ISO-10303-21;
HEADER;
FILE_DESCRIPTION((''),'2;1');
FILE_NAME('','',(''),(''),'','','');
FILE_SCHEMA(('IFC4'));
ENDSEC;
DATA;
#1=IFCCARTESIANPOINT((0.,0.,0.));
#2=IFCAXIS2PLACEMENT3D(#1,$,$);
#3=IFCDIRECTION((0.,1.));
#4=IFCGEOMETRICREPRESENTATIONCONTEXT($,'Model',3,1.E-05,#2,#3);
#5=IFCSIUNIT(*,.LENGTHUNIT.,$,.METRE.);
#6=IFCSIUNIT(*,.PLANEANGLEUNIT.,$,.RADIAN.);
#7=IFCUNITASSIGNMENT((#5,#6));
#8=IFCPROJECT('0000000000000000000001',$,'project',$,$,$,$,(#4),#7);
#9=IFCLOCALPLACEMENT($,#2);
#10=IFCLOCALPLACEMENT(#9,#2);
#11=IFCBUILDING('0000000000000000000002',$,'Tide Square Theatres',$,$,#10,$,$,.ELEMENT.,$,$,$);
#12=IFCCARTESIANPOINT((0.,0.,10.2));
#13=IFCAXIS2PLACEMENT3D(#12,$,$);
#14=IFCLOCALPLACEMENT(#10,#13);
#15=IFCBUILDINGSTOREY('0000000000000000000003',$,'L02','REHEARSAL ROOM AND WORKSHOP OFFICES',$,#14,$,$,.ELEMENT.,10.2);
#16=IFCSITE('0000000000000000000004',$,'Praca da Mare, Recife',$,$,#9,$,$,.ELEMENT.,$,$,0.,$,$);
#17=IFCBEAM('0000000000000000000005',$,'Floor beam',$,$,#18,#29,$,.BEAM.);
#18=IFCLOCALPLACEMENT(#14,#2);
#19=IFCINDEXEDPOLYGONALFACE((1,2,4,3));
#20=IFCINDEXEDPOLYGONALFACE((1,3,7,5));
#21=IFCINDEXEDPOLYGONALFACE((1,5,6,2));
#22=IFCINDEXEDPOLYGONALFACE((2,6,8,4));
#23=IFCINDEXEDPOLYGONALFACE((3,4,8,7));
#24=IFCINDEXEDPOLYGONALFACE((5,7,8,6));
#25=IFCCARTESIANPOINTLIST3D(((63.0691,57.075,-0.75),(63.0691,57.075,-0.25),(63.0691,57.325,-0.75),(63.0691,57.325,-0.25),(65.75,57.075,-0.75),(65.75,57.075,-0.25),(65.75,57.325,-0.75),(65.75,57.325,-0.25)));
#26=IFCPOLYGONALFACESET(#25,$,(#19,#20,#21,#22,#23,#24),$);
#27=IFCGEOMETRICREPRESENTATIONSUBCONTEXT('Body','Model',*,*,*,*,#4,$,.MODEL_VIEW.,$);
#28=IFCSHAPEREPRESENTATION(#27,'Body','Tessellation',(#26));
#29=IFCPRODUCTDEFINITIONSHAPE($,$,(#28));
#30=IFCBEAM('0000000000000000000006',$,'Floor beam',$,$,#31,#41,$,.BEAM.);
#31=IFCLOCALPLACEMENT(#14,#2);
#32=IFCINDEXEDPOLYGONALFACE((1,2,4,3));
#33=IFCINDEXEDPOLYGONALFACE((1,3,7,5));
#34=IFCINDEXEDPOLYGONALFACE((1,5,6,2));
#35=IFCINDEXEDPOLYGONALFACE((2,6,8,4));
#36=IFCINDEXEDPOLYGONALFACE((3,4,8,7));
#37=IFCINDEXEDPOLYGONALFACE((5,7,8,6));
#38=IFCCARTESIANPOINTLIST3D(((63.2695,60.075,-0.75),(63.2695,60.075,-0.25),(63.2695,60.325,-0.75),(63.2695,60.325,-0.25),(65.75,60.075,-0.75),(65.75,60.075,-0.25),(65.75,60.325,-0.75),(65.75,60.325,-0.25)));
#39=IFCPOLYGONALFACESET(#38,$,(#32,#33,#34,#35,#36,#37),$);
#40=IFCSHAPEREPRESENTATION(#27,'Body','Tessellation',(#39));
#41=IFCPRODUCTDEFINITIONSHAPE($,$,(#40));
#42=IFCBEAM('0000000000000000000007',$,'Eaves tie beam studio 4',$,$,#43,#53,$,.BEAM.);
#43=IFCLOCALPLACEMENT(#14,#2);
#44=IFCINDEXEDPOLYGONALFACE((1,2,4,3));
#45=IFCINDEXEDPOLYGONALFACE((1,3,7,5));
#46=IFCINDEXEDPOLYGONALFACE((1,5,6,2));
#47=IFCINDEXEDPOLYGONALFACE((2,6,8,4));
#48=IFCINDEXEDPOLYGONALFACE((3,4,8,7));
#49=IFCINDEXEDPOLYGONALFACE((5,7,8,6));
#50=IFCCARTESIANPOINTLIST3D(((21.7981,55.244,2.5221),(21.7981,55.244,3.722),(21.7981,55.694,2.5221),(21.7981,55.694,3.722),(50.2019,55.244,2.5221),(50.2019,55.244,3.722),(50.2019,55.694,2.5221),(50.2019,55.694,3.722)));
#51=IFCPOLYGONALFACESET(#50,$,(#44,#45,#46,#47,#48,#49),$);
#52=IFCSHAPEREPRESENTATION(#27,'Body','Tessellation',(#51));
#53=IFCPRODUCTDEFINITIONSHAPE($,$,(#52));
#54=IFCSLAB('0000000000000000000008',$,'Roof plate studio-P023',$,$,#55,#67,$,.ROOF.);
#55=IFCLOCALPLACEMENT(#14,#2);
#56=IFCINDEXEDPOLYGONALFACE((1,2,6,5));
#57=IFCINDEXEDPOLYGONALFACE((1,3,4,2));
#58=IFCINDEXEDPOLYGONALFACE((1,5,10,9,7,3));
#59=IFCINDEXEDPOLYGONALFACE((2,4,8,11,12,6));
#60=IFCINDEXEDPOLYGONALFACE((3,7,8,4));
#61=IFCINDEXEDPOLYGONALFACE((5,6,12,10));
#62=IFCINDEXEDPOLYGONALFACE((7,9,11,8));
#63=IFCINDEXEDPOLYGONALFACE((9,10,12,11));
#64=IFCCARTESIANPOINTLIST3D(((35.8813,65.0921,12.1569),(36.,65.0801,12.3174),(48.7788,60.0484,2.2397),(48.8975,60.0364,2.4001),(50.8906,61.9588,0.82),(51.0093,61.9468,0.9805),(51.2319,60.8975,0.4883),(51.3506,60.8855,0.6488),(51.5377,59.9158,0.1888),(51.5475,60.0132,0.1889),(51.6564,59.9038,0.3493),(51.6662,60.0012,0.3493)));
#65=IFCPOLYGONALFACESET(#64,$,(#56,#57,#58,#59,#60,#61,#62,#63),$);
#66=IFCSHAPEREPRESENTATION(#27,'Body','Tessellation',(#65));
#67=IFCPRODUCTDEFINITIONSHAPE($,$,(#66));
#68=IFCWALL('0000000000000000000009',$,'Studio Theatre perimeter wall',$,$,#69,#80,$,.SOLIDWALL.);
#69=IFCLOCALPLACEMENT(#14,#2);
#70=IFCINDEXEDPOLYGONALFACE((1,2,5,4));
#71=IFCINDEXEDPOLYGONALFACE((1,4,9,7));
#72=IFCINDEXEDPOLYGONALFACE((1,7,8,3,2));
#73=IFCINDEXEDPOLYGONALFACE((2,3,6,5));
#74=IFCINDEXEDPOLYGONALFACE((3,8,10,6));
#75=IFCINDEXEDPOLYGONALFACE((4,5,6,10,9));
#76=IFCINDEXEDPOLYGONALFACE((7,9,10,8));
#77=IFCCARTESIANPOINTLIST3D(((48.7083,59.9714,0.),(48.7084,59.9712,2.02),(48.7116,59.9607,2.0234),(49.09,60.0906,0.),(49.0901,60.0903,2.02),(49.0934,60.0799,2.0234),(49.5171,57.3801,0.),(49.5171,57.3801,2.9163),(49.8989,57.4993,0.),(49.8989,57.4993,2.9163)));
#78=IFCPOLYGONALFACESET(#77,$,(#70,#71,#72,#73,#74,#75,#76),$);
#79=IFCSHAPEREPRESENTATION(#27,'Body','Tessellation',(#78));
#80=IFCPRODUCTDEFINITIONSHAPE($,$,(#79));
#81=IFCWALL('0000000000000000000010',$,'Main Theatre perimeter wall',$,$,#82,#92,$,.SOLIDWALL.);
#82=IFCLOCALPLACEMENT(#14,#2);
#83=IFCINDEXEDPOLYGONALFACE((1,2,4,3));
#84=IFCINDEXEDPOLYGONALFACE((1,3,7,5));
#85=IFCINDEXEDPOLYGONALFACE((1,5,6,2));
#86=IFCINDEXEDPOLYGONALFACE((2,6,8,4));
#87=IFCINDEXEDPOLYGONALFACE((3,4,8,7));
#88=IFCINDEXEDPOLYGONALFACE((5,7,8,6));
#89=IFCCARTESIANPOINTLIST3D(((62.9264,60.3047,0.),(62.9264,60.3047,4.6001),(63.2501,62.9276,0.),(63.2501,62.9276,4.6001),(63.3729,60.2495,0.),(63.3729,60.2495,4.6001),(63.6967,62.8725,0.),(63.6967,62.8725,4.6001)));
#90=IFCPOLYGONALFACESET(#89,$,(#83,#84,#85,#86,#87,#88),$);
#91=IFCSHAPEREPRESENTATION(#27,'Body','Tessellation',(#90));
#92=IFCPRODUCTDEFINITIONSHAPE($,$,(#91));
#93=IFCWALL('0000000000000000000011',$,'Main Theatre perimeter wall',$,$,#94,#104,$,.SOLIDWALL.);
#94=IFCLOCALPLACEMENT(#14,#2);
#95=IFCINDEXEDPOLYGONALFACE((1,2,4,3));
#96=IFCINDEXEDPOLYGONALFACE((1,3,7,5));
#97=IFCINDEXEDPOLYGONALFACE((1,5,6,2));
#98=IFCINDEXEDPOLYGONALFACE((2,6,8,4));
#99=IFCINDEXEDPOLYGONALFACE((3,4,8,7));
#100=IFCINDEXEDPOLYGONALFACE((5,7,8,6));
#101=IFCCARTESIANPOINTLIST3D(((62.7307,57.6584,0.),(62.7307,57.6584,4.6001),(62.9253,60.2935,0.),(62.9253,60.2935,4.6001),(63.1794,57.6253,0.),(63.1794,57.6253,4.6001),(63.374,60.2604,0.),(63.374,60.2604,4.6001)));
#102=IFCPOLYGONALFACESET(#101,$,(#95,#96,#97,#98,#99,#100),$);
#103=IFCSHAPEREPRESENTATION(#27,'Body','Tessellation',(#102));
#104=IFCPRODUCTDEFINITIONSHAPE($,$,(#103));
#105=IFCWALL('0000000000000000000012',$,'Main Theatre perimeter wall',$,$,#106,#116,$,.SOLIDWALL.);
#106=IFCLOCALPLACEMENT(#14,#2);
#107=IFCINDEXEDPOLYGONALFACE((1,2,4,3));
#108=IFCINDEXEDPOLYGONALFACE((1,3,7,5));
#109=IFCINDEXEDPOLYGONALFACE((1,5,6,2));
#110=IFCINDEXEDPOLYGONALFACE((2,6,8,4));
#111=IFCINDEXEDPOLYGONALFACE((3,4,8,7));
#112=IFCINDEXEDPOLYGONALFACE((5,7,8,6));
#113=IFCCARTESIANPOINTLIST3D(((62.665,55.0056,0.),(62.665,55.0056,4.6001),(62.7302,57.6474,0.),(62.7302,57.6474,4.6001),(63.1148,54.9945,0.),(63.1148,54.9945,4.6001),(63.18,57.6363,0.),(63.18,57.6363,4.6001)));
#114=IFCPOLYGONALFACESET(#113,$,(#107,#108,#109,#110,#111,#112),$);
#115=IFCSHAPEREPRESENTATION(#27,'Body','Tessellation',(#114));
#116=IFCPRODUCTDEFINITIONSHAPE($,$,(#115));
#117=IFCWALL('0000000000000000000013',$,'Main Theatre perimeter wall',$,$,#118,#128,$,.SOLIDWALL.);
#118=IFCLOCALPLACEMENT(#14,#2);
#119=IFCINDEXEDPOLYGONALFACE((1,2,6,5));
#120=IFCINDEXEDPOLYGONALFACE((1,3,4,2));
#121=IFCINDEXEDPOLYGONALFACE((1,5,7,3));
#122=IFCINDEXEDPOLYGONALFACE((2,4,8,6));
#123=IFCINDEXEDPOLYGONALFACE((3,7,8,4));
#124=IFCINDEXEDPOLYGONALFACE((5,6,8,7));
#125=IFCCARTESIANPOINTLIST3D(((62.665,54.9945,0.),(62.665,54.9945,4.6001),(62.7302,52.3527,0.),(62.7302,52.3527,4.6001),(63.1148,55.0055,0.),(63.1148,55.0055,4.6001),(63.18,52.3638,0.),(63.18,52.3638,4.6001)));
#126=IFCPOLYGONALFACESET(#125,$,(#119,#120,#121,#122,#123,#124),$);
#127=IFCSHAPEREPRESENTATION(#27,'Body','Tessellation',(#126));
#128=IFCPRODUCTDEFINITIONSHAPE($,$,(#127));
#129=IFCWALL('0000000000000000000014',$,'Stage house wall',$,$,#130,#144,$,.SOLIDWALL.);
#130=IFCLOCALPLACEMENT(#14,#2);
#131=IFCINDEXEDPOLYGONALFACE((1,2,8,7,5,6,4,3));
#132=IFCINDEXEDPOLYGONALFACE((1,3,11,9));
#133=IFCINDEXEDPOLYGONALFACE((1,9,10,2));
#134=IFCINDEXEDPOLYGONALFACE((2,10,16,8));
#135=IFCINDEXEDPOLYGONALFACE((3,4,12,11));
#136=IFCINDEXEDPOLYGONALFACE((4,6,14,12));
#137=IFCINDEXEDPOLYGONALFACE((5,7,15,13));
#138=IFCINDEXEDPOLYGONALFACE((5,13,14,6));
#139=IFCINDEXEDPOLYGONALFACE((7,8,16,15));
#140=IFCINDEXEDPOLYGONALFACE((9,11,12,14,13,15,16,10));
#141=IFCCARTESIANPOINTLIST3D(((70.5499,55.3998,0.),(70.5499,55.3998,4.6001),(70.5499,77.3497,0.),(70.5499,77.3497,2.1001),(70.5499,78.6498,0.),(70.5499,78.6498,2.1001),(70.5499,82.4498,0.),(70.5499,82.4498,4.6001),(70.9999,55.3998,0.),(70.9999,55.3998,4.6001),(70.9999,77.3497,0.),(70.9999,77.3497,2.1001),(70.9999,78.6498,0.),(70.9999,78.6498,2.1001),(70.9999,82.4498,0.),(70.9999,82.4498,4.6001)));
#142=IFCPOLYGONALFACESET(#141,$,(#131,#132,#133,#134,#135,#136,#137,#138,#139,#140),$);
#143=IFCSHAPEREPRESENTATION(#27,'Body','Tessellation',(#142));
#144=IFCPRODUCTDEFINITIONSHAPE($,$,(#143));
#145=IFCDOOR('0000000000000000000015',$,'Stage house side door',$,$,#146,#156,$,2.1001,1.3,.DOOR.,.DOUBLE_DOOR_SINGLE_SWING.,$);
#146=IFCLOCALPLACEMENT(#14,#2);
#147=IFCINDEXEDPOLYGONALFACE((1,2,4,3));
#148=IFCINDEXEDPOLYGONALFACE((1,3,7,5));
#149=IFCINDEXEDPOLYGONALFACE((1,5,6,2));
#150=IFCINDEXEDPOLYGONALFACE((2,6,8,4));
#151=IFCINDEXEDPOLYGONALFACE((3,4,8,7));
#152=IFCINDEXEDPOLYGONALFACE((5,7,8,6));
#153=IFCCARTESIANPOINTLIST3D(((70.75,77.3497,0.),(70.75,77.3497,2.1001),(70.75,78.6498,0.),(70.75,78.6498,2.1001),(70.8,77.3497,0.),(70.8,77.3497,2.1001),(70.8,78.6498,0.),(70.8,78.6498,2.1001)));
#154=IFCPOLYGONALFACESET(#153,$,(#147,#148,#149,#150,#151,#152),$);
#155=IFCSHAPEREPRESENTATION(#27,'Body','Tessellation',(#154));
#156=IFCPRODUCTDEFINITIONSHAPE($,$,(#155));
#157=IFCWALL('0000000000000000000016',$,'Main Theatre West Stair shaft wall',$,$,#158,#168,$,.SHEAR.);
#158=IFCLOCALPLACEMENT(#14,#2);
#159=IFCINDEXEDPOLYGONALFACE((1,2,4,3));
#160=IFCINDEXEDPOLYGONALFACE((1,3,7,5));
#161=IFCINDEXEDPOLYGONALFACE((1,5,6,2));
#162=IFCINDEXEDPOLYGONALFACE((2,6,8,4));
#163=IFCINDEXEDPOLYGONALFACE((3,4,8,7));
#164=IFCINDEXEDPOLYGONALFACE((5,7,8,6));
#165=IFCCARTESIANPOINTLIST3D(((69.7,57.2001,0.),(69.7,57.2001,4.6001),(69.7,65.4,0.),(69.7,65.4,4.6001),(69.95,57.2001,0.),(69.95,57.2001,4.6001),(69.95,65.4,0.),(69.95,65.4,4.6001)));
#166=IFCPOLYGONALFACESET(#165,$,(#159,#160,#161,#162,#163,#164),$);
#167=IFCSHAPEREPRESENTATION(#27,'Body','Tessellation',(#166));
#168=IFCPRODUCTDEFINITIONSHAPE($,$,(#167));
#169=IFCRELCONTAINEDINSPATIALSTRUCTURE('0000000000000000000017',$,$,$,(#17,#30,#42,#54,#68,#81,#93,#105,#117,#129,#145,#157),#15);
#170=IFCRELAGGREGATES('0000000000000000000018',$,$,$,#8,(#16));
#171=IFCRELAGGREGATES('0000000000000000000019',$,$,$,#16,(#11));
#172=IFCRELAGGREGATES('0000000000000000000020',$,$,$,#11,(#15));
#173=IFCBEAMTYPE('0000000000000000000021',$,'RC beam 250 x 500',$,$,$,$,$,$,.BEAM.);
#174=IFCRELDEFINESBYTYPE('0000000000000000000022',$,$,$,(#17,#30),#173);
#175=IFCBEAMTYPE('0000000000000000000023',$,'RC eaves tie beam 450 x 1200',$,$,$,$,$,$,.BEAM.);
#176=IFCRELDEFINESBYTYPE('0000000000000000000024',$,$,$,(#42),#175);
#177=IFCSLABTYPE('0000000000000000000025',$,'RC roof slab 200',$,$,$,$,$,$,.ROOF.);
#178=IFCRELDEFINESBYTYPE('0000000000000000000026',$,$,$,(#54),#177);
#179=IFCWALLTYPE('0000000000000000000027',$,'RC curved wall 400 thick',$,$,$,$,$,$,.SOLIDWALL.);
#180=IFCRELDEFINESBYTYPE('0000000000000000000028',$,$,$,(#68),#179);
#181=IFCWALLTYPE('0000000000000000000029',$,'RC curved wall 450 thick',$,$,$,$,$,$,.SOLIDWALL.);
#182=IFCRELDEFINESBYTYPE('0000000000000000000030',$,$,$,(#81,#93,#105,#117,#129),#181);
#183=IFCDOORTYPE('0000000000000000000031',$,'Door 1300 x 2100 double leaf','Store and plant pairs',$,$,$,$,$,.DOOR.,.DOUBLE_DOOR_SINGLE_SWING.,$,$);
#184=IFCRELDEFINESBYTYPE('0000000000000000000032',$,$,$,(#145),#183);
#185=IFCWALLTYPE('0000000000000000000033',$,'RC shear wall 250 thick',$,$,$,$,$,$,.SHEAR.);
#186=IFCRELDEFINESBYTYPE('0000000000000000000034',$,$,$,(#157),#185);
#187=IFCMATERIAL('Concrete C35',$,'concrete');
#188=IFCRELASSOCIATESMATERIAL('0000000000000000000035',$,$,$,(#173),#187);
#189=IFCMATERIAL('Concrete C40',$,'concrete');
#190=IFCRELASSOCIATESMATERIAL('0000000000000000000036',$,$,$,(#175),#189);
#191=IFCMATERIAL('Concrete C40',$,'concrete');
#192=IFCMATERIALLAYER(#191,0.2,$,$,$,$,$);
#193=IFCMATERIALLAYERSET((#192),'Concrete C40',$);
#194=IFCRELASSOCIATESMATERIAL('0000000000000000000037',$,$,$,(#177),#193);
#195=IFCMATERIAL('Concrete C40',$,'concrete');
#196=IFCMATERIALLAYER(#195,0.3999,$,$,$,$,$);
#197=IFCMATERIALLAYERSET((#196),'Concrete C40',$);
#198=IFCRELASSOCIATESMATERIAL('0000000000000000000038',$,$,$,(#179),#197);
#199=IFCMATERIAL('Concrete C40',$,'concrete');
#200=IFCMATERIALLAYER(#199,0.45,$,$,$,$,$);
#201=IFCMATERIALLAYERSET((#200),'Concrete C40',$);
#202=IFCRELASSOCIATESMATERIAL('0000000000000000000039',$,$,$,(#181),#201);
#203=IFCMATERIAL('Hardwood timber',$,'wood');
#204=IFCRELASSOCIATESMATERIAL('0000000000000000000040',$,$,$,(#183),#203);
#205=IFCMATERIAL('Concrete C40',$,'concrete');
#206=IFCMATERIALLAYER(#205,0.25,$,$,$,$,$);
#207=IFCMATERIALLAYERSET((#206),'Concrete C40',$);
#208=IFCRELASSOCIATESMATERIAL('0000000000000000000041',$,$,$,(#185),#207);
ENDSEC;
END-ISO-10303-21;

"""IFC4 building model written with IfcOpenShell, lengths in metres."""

from ifc_helpers import new_model, si_unit, direction, frame, frame_2d, origin, origin_2d, place, context, subcontext, project, spatial, polyline, rectangle, outline, extrude, material, layer, layer_set, material_profile, profile_set, type_object, element, fill, save


model = new_model("IFC4")

# Units and contexts
model_context = context("Model", 3, precision=1e-05, world=origin(), true_north=direction((0.0, 1.0)))
body_context = subcontext(model_context, "Body", "Model", "MODEL_VIEW")
ifc_project = project(units=[si_unit("LENGTHUNIT", "METRE"), si_unit("PLANEANGLEUNIT", "RADIAN")], contexts=[model_context])

# Site, building, storey
site_placement = place(None, origin())
site = spatial("IfcSite", under=ifc_project, at=site_placement, Name="Praca da Mare, Recife", CompositionType="ELEMENT", RefElevation=0.0)
building_placement = place(site_placement, origin())
building = spatial("IfcBuilding", under=site, at=building_placement, Name="Tide Square Theatres", CompositionType="ELEMENT")
storey_placement = place(building_placement, frame((0.0, 0.0, 10.2)))
storey = spatial("IfcBuildingStorey", under=building, at=storey_placement, Name="L02", Description="REHEARSAL ROOM AND WORKSHOP OFFICES", CompositionType="ELEMENT", Elevation=10.2)

# Beams
ifc_material_1 = material(Name="Concrete C35", Category="concrete")
ifc_material_profile_1 = material_profile(ifc_material_1, rectangle(XDim=0.25, YDim=0.5, at=origin_2d()))
ifc_profile_set_1 = profile_set([ifc_material_profile_1], Name="Concrete C35")
beam_type_1 = type_object("IfcBeamType", Name="RC beam 250 x 500", PredefinedType="BEAM", material=ifc_profile_set_1)
beam_1_placement = place(storey_placement, frame((63.0691, 57.2, -0.5), z_axis=(1.0, 0.0, 0.0), x_axis=(0.0, 1.0, 0.0)))
element("IfcBeam", 1, at=beam_1_placement, inside=storey, type_object=beam_type_1, Name="Floor beam", PredefinedType="BEAM", context=body_context, shape_type="SweptSolid", body=[
    extrude(rectangle(XDim=0.25, YDim=0.5, at=origin_2d()), origin(), (0.0, 0.0, 1.0), 2.6809),
])
beam_2_placement = place(storey_placement, frame((63.2695, 60.2, -0.5), z_axis=(1.0, 0.0, 0.0), x_axis=(0.0, 1.0, 0.0)))
element("IfcBeam", 2, at=beam_2_placement, inside=storey, type_object=beam_type_1, Name="Floor beam", PredefinedType="BEAM", context=body_context, shape_type="SweptSolid", body=[
    extrude(rectangle(XDim=0.25, YDim=0.5, at=origin_2d()), origin(), (0.0, 0.0, 1.0), 2.4805),
])
ifc_material_2 = material(Name="Concrete C40", Category="concrete")
ifc_material_profile_2 = material_profile(ifc_material_2, rectangle(XDim=0.45, YDim=1.2, at=origin_2d()))
ifc_profile_set_2 = profile_set([ifc_material_profile_2], Name="Concrete C40")
beam_type_2 = type_object("IfcBeamType", Name="RC eaves tie beam 450 x 1200", PredefinedType="BEAM", material=ifc_profile_set_2)
beam_3_placement = place(storey_placement, frame((50.2019, 55.469, 3.1221), z_axis=(-1.0, 0.0, 0.0), x_axis=(0.0, -1.0, 0.0)))
element("IfcBeam", 3, at=beam_3_placement, inside=storey, type_object=beam_type_2, Name="Eaves tie beam studio 4", PredefinedType="BEAM", context=body_context, shape_type="SweptSolid", body=[
    extrude(rectangle(XDim=0.45, YDim=1.2, at=origin_2d()), origin(), (0.0, 0.0, 1.0), 28.4038),
])

# Slab
ifc_material_3 = material(Name="Concrete C40", Category="concrete")
ifc_layer_1 = layer(ifc_material_3, 0.2)
ifc_layer_set_1 = layer_set([ifc_layer_1], Name="Concrete C40")
slab_type = type_object("IfcSlabType", Name="RC roof slab 200", PredefinedType="ROOF", material=ifc_layer_set_1)
slab_placement = place(storey_placement, frame((51.0093, 61.9468, 0.9805), z_axis=(0.593646, -0.059884, 0.802495), x_axis=(-0.787109, 0.164315, 0.594525)))
element("IfcSlab", 4, at=slab_placement, inside=storey, type_object=slab_type, Name="Roof plate studio-P023", PredefinedType="ROOF", context=body_context, shape_type="SweptSolid", body=[
    extrude(outline(polyline([(0.0, 0.0), (19.0689, 0.0), (2.1924, 2.3062), (-0.6403, 0.971), (-1.2203, 1.8713), (-1.212, 1.7737), (0.0, 0.0)])), origin(), (0.0, 0.0, -1.0), 0.2),
])

# Walls
ifc_material_4 = material(Name="Concrete C40", Category="concrete")
ifc_layer_2 = layer(ifc_material_4, 0.3999)
ifc_layer_set_2 = layer_set([ifc_layer_2], Name="Concrete C40")
wall_type_1 = type_object("IfcWallType", Name="RC curved wall 400 thick", PredefinedType="SOLIDWALL", material=ifc_layer_set_2)
wall_1_placement = place(storey_placement, frame((49.708, 57.4397, 0.0), z_axis=(0.0, 0.0, 1.0), x_axis=(-0.297957, 0.954579, 0.0)))
element("IfcWall", 5, at=wall_1_placement, inside=storey, type_object=wall_type_1, Name="Studio Theatre perimeter wall", PredefinedType="SOLIDWALL", context=body_context, shape_type="SweptSolid", body=[
    extrude(outline(polyline([(0.0, 0.0), (2.7146, 0.0), (2.7144, 2.02), (2.7034, 2.0234), (0.0, 2.9163), (0.0, 0.0)])), frame((0.0, 0.2, 0.0), z_axis=(0.0, -1.0, 0.0), x_axis=(1.0, 0.0, 0.0)), (0.0, 0.0, 1.0), 0.3999),
])
ifc_material_5 = material(Name="Concrete C40", Category="concrete")
ifc_layer_3 = layer(ifc_material_5, 0.45)
ifc_layer_set_3 = layer_set([ifc_layer_3], Name="Concrete C40")
wall_type_2 = type_object("IfcWallType", Name="RC curved wall 450 thick", PredefinedType="SOLIDWALL", material=ifc_layer_set_3)
wall_2_placement = place(storey_placement, frame((63.4734, 62.8999, 0.0), z_axis=(0.0, 0.0, 1.0), x_axis=(-0.1225, -0.992469, 0.0)))
element("IfcWall", 6, at=wall_2_placement, inside=storey, type_object=wall_type_2, Name="Main Theatre perimeter wall", PredefinedType="SOLIDWALL", context=body_context, shape_type="SweptSolid", body=[
    extrude(rectangle(XDim=2.6428, YDim=0.45, at=frame_2d((1.3213, 0.0))), origin(), (0.0, 0.0, 1.0), 4.6001),
])
wall_3_placement = place(storey_placement, frame((63.1497, 60.2771, 0.0), z_axis=(0.0, 0.0, 1.0), x_axis=(-0.073637, -0.997285, 0.0)))
element("IfcWall", 7, at=wall_3_placement, inside=storey, type_object=wall_type_2, Name="Main Theatre perimeter wall", PredefinedType="SOLIDWALL", context=body_context, shape_type="SweptSolid", body=[
    extrude(rectangle(XDim=2.6423, YDim=0.45, at=frame_2d((1.3213, 0.0))), origin(), (0.0, 0.0, 1.0), 4.6001),
])
for number, where, z_axis, x_axis, name in (
    (8, (62.9551, 57.6418, 0.0), (0.0, 0.0, 1.0), (-0.024667, -0.999696, 0.0), "Main Theatre perimeter wall"),
    (9, (62.8899, 55.0, 0.0), (0.0, 0.0, 1.0), (0.024667, -0.999696, 0.0), "Main Theatre perimeter wall"),
):
    element("IfcWall", number, at=place(storey_placement, frame(where, z_axis=z_axis, x_axis=x_axis)), inside=storey, type_object=wall_type_2, Name=name, PredefinedType="SOLIDWALL", context=body_context, shape_type="SweptSolid", body=[
        extrude(rectangle(XDim=2.6426, YDim=0.45, at=frame_2d((1.3213, 0.0))), origin(), (0.0, 0.0, 1.0), 4.6001),
    ])

# Wall, opening, door
wall_4_placement = place(storey_placement, frame((70.7749, 55.3999, 0.0), z_axis=(0.0, 0.0, 1.0), x_axis=(0.0, 1.0, 0.0)))
wall_4 = element("IfcWall", 10, at=wall_4_placement, inside=storey, type_object=wall_type_2, Name="Stage house wall", PredefinedType="SOLIDWALL", context=body_context, shape_type="SweptSolid", body=[
    extrude(rectangle(XDim=27.05, YDim=0.45, at=frame_2d((13.5249, 0.0))), origin(), (0.0, 0.0, 1.0), 4.6001),
])
opening_1_placement = place(wall_4_placement, frame((21.95, 0.0, 0.0)))
opening_1 = element("IfcOpeningElement", 11, at=opening_1_placement, cuts=wall_4, PredefinedType="OPENING", context=body_context, shape_type="SweptSolid", body=[
    extrude(rectangle(XDim=1.3, YDim=2.1001, at=frame_2d((0.6499, 1.05))), frame((0.0, 0.2349, 0.0), z_axis=(0.0, -1.0, 0.0), x_axis=(1.0, 0.0, 0.0)), (0.0, 0.0, 1.0), 0.47),
])
ifc_material_6 = material(Name="Hardwood timber", Category="wood")
door_type_1 = type_object("IfcDoorType", Name="Door 1300 x 2100 double leaf", Description="Store and plant pairs", OperationType="DOUBLE_DOOR_SINGLE_SWING", PredefinedType="DOOR", material=ifc_material_6)
door_1_placement = place(opening_1_placement, origin())
door_1 = element("IfcDoor", 12, at=door_1_placement, inside=storey, type_object=door_type_1, Name="Stage house side door", OperationType="DOUBLE_DOOR_SINGLE_SWING", OverallHeight=2.1001, OverallWidth=1.3, PredefinedType="DOOR", context=body_context, shape_type="SweptSolid", body=[
    extrude(rectangle(XDim=1.3, YDim=2.1001, at=frame_2d((0.6499, 1.05))), frame((0.0, 0.0249, 0.0), z_axis=(0.0, -1.0, 0.0), x_axis=(1.0, 0.0, 0.0)), (0.0, 0.0, 1.0), 0.05),
])
fill(opening_1, door_1)

# Wall
ifc_material_7 = material(Name="Concrete C40", Category="concrete")
ifc_layer_4 = layer(ifc_material_7, 0.25)
ifc_layer_set_4 = layer_set([ifc_layer_4], Name="Concrete C40")
wall_type_3 = type_object("IfcWallType", Name="RC shear wall 250 thick", PredefinedType="SHEAR", material=ifc_layer_set_4)
wall_5_placement = place(storey_placement, frame((69.825, 57.2, 0.0), z_axis=(0.0, 0.0, 1.0), x_axis=(0.0, 1.0, 0.0)))
element("IfcWall", 13, at=wall_5_placement, inside=storey, type_object=wall_type_3, Name="Main Theatre West Stair shaft wall", PredefinedType="SHEAR", context=body_context, shape_type="SweptSolid", body=[
    extrude(rectangle(XDim=8.2, YDim=0.25, at=frame_2d((4.1001, 0.0))), origin(), (0.0, 0.0, 1.0), 4.6001),
])

save(model, "model.ifc")
